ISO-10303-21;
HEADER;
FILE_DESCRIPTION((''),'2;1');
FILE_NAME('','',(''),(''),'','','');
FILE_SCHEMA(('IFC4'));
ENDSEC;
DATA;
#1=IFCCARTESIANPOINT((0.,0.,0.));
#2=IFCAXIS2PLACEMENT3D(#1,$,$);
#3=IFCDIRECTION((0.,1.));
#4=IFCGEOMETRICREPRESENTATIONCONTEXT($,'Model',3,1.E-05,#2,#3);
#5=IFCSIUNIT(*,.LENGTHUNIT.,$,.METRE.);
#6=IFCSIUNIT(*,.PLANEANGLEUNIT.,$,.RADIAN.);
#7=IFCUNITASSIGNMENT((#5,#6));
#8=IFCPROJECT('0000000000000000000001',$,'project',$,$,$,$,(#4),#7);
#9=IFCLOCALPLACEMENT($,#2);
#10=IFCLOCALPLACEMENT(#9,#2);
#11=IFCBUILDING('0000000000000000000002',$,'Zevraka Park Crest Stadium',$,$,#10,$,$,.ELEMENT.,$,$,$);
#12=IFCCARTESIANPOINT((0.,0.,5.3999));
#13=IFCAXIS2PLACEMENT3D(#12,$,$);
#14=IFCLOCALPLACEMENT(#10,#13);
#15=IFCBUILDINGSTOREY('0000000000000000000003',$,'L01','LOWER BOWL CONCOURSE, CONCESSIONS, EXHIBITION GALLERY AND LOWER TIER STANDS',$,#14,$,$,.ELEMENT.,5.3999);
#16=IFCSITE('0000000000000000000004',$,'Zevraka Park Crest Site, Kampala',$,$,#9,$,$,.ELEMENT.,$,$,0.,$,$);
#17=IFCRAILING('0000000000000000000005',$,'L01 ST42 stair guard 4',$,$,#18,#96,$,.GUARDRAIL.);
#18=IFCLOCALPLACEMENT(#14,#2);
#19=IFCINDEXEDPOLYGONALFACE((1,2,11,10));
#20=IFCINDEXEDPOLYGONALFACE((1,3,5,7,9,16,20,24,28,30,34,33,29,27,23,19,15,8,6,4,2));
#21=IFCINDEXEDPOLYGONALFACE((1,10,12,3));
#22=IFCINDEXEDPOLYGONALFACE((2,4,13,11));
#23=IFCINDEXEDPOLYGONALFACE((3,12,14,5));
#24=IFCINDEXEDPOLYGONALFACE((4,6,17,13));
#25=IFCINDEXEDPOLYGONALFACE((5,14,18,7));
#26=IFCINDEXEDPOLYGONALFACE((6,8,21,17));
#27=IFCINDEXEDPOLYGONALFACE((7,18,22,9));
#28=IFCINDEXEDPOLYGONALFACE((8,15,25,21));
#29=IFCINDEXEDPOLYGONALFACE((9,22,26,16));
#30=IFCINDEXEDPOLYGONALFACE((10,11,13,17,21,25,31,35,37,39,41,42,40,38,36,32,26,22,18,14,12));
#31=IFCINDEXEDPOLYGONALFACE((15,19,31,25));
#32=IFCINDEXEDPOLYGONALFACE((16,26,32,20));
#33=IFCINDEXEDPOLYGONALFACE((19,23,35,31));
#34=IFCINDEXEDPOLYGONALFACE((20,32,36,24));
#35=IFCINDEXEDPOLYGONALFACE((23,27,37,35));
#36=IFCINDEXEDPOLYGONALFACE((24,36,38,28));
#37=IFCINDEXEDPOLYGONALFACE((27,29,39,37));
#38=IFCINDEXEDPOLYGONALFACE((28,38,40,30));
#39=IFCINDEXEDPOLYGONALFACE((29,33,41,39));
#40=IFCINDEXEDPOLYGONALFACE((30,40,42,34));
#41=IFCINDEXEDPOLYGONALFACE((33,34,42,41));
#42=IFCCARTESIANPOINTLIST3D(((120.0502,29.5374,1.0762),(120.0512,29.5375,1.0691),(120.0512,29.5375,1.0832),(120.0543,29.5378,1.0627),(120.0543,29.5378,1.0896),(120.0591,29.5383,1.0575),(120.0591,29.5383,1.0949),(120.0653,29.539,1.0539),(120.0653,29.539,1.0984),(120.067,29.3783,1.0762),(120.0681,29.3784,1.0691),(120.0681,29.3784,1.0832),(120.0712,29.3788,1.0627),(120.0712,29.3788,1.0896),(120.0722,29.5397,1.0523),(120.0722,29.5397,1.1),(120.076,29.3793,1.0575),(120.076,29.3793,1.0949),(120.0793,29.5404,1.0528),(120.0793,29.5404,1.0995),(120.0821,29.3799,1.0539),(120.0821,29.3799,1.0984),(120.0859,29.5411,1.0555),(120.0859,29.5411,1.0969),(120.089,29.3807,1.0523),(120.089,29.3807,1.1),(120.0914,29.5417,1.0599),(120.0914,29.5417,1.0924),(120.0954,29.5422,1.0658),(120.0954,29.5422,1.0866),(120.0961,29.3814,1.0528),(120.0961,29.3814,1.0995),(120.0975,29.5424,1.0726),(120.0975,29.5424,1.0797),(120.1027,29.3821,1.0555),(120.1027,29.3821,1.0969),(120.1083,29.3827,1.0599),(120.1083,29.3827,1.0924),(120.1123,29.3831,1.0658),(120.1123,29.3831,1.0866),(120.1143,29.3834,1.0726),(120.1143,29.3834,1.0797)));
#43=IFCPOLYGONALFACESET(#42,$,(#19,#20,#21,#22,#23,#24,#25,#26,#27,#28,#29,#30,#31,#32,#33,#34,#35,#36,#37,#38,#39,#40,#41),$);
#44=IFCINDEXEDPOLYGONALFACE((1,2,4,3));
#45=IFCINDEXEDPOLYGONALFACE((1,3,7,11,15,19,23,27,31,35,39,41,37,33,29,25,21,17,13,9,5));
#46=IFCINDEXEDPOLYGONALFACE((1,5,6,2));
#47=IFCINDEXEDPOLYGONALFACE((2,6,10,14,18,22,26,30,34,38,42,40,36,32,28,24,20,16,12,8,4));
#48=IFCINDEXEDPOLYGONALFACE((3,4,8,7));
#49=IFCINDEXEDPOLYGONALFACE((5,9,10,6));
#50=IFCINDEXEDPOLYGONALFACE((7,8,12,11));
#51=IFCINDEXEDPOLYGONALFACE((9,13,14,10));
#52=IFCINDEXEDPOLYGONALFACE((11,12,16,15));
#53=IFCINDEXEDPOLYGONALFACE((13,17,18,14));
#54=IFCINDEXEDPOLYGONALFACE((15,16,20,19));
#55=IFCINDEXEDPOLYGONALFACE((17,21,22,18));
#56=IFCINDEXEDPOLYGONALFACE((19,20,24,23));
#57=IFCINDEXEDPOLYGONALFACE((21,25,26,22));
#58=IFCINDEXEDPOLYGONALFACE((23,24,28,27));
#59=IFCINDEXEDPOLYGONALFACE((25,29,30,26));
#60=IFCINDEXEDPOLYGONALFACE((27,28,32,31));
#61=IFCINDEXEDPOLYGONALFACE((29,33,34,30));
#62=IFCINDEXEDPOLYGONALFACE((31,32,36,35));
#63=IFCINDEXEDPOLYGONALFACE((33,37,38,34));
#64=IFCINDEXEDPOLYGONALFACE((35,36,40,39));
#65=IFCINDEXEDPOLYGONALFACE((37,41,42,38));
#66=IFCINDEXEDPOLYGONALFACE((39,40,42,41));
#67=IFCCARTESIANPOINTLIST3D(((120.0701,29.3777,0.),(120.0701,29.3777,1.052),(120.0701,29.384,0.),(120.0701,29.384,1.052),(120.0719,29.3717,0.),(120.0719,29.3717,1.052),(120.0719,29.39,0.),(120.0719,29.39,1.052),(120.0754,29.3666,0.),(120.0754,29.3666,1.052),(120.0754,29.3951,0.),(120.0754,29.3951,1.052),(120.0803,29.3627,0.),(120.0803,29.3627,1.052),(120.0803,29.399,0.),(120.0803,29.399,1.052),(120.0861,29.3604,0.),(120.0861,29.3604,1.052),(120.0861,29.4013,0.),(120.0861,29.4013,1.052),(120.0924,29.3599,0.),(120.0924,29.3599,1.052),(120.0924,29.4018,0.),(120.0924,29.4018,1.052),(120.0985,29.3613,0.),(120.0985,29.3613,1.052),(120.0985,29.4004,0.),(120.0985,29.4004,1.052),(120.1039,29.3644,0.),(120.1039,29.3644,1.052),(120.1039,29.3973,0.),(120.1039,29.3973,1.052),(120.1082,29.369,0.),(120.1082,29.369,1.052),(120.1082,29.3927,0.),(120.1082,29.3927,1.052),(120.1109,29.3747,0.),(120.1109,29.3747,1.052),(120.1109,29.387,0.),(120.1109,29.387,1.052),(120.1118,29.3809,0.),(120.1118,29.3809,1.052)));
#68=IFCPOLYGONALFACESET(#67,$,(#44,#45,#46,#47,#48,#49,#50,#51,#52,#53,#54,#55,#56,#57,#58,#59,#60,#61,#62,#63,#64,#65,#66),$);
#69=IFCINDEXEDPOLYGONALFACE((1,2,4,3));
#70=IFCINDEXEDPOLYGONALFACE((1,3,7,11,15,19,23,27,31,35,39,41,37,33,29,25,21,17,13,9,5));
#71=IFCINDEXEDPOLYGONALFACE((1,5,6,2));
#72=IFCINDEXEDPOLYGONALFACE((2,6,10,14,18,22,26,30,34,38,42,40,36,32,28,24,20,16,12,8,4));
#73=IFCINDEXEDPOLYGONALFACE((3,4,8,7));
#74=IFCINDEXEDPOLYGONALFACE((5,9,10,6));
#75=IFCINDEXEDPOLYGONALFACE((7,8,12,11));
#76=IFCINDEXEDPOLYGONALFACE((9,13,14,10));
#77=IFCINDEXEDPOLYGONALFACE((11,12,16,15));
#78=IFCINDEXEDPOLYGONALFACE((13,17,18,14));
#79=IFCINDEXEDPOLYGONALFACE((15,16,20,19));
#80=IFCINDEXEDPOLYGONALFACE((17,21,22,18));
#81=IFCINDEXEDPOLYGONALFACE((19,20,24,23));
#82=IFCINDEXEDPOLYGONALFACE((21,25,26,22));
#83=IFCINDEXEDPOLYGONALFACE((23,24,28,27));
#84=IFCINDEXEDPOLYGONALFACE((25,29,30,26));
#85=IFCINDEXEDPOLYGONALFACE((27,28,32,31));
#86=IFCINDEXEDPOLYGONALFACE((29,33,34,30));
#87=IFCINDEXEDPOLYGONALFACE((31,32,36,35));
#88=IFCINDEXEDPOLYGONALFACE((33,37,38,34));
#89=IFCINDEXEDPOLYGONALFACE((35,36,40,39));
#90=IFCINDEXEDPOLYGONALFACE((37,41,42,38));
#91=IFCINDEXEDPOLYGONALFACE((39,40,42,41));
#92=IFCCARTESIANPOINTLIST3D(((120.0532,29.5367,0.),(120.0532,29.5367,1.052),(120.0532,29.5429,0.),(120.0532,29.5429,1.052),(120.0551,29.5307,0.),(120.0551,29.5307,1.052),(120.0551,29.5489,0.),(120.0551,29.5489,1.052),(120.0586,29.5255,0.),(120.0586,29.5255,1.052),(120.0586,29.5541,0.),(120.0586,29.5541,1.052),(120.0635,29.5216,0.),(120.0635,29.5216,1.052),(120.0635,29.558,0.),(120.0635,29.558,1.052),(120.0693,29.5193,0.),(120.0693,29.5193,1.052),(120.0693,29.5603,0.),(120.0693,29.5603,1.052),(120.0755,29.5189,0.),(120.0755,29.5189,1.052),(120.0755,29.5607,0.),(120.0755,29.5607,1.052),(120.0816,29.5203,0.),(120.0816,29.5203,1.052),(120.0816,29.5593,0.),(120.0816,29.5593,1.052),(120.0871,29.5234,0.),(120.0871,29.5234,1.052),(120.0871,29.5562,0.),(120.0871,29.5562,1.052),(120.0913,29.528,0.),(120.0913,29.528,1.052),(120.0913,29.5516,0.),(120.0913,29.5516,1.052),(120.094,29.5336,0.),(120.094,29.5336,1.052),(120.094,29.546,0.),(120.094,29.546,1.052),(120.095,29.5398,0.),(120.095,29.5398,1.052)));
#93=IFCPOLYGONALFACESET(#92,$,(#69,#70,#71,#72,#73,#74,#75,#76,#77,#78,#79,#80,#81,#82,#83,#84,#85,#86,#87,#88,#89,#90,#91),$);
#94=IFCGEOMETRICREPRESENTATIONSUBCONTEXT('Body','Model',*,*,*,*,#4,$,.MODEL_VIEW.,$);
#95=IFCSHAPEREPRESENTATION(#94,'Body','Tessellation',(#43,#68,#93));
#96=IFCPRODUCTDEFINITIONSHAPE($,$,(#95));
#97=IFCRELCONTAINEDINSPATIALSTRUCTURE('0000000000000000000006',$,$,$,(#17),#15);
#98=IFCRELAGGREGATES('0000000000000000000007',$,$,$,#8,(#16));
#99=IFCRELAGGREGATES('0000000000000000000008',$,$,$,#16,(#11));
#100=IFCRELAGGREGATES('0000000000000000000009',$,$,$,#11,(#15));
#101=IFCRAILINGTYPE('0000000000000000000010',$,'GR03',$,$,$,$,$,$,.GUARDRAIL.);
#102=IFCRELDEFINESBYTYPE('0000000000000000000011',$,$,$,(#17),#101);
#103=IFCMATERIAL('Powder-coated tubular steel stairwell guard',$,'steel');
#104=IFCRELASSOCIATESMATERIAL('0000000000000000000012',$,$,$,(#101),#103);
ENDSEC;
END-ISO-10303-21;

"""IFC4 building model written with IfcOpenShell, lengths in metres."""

from ifc_helpers import new_model, si_unit, direction, frame, origin, origin_2d, place, context, subcontext, project, spatial, circle, extrude, material, type_object, element, save


model = new_model("IFC4")

# Units and contexts
model_context = context("Model", 3, precision=1e-05, world=origin(), true_north=direction((0.0, 1.0)))
body_context = subcontext(model_context, "Body", "Model", "MODEL_VIEW")
ifc_project = project(units=[si_unit("LENGTHUNIT", "METRE"), si_unit("PLANEANGLEUNIT", "RADIAN")], contexts=[model_context])

# Site, building, storey
site_placement = place(None, origin())
site = spatial("IfcSite", under=ifc_project, at=site_placement, Name="Zevraka Park Crest Site, Kampala", CompositionType="ELEMENT", RefElevation=0.0)
building_placement = place(site_placement, origin())
building = spatial("IfcBuilding", under=site, at=building_placement, Name="Zevraka Park Crest Stadium", CompositionType="ELEMENT")
storey_placement = place(building_placement, frame((0.0, 0.0, 5.3999)))
storey = spatial("IfcBuildingStorey", under=building, at=storey_placement, Name="L01", Description="LOWER BOWL CONCOURSE, CONCESSIONS, EXHIBITION GALLERY AND LOWER TIER STANDS", CompositionType="ELEMENT", Elevation=5.3999)

# Railing
ifc_material_1 = material(Name="Powder-coated tubular steel stairwell guard", Category="steel")
railing_type_1 = type_object("IfcRailingType", Name="GR03", PredefinedType="GUARDRAIL", material=ifc_material_1)
railing_1_placement = place(storey_placement, frame((120.0908, 29.3809, 0.0)))
element("IfcRailing", 1, at=railing_1_placement, inside=storey, type_object=railing_type_1, Name="L01 ST42 stair guard 4", PredefinedType="GUARDRAIL", context=body_context, shape_type="SweptSolid", body=[
    extrude(circle(Radius=0.0239, at=origin_2d()), frame((0.0, 0.0, 1.0762), z_axis=(-0.1054, 0.99443, 0.0), x_axis=(-0.99443, -0.1054, 0.0)), (0.0, 0.0, 1.0), 0.1599),
    extrude(circle(Radius=0.021, at=origin_2d()), origin(), (0.0, 0.0, 1.0), 1.052),
    extrude(circle(Radius=0.021, at=origin_2d()), frame((-0.0168, 0.1589, 0.0)), (0.0, 0.0, 1.0), 1.052),
])

save(model, "model.ifc")
